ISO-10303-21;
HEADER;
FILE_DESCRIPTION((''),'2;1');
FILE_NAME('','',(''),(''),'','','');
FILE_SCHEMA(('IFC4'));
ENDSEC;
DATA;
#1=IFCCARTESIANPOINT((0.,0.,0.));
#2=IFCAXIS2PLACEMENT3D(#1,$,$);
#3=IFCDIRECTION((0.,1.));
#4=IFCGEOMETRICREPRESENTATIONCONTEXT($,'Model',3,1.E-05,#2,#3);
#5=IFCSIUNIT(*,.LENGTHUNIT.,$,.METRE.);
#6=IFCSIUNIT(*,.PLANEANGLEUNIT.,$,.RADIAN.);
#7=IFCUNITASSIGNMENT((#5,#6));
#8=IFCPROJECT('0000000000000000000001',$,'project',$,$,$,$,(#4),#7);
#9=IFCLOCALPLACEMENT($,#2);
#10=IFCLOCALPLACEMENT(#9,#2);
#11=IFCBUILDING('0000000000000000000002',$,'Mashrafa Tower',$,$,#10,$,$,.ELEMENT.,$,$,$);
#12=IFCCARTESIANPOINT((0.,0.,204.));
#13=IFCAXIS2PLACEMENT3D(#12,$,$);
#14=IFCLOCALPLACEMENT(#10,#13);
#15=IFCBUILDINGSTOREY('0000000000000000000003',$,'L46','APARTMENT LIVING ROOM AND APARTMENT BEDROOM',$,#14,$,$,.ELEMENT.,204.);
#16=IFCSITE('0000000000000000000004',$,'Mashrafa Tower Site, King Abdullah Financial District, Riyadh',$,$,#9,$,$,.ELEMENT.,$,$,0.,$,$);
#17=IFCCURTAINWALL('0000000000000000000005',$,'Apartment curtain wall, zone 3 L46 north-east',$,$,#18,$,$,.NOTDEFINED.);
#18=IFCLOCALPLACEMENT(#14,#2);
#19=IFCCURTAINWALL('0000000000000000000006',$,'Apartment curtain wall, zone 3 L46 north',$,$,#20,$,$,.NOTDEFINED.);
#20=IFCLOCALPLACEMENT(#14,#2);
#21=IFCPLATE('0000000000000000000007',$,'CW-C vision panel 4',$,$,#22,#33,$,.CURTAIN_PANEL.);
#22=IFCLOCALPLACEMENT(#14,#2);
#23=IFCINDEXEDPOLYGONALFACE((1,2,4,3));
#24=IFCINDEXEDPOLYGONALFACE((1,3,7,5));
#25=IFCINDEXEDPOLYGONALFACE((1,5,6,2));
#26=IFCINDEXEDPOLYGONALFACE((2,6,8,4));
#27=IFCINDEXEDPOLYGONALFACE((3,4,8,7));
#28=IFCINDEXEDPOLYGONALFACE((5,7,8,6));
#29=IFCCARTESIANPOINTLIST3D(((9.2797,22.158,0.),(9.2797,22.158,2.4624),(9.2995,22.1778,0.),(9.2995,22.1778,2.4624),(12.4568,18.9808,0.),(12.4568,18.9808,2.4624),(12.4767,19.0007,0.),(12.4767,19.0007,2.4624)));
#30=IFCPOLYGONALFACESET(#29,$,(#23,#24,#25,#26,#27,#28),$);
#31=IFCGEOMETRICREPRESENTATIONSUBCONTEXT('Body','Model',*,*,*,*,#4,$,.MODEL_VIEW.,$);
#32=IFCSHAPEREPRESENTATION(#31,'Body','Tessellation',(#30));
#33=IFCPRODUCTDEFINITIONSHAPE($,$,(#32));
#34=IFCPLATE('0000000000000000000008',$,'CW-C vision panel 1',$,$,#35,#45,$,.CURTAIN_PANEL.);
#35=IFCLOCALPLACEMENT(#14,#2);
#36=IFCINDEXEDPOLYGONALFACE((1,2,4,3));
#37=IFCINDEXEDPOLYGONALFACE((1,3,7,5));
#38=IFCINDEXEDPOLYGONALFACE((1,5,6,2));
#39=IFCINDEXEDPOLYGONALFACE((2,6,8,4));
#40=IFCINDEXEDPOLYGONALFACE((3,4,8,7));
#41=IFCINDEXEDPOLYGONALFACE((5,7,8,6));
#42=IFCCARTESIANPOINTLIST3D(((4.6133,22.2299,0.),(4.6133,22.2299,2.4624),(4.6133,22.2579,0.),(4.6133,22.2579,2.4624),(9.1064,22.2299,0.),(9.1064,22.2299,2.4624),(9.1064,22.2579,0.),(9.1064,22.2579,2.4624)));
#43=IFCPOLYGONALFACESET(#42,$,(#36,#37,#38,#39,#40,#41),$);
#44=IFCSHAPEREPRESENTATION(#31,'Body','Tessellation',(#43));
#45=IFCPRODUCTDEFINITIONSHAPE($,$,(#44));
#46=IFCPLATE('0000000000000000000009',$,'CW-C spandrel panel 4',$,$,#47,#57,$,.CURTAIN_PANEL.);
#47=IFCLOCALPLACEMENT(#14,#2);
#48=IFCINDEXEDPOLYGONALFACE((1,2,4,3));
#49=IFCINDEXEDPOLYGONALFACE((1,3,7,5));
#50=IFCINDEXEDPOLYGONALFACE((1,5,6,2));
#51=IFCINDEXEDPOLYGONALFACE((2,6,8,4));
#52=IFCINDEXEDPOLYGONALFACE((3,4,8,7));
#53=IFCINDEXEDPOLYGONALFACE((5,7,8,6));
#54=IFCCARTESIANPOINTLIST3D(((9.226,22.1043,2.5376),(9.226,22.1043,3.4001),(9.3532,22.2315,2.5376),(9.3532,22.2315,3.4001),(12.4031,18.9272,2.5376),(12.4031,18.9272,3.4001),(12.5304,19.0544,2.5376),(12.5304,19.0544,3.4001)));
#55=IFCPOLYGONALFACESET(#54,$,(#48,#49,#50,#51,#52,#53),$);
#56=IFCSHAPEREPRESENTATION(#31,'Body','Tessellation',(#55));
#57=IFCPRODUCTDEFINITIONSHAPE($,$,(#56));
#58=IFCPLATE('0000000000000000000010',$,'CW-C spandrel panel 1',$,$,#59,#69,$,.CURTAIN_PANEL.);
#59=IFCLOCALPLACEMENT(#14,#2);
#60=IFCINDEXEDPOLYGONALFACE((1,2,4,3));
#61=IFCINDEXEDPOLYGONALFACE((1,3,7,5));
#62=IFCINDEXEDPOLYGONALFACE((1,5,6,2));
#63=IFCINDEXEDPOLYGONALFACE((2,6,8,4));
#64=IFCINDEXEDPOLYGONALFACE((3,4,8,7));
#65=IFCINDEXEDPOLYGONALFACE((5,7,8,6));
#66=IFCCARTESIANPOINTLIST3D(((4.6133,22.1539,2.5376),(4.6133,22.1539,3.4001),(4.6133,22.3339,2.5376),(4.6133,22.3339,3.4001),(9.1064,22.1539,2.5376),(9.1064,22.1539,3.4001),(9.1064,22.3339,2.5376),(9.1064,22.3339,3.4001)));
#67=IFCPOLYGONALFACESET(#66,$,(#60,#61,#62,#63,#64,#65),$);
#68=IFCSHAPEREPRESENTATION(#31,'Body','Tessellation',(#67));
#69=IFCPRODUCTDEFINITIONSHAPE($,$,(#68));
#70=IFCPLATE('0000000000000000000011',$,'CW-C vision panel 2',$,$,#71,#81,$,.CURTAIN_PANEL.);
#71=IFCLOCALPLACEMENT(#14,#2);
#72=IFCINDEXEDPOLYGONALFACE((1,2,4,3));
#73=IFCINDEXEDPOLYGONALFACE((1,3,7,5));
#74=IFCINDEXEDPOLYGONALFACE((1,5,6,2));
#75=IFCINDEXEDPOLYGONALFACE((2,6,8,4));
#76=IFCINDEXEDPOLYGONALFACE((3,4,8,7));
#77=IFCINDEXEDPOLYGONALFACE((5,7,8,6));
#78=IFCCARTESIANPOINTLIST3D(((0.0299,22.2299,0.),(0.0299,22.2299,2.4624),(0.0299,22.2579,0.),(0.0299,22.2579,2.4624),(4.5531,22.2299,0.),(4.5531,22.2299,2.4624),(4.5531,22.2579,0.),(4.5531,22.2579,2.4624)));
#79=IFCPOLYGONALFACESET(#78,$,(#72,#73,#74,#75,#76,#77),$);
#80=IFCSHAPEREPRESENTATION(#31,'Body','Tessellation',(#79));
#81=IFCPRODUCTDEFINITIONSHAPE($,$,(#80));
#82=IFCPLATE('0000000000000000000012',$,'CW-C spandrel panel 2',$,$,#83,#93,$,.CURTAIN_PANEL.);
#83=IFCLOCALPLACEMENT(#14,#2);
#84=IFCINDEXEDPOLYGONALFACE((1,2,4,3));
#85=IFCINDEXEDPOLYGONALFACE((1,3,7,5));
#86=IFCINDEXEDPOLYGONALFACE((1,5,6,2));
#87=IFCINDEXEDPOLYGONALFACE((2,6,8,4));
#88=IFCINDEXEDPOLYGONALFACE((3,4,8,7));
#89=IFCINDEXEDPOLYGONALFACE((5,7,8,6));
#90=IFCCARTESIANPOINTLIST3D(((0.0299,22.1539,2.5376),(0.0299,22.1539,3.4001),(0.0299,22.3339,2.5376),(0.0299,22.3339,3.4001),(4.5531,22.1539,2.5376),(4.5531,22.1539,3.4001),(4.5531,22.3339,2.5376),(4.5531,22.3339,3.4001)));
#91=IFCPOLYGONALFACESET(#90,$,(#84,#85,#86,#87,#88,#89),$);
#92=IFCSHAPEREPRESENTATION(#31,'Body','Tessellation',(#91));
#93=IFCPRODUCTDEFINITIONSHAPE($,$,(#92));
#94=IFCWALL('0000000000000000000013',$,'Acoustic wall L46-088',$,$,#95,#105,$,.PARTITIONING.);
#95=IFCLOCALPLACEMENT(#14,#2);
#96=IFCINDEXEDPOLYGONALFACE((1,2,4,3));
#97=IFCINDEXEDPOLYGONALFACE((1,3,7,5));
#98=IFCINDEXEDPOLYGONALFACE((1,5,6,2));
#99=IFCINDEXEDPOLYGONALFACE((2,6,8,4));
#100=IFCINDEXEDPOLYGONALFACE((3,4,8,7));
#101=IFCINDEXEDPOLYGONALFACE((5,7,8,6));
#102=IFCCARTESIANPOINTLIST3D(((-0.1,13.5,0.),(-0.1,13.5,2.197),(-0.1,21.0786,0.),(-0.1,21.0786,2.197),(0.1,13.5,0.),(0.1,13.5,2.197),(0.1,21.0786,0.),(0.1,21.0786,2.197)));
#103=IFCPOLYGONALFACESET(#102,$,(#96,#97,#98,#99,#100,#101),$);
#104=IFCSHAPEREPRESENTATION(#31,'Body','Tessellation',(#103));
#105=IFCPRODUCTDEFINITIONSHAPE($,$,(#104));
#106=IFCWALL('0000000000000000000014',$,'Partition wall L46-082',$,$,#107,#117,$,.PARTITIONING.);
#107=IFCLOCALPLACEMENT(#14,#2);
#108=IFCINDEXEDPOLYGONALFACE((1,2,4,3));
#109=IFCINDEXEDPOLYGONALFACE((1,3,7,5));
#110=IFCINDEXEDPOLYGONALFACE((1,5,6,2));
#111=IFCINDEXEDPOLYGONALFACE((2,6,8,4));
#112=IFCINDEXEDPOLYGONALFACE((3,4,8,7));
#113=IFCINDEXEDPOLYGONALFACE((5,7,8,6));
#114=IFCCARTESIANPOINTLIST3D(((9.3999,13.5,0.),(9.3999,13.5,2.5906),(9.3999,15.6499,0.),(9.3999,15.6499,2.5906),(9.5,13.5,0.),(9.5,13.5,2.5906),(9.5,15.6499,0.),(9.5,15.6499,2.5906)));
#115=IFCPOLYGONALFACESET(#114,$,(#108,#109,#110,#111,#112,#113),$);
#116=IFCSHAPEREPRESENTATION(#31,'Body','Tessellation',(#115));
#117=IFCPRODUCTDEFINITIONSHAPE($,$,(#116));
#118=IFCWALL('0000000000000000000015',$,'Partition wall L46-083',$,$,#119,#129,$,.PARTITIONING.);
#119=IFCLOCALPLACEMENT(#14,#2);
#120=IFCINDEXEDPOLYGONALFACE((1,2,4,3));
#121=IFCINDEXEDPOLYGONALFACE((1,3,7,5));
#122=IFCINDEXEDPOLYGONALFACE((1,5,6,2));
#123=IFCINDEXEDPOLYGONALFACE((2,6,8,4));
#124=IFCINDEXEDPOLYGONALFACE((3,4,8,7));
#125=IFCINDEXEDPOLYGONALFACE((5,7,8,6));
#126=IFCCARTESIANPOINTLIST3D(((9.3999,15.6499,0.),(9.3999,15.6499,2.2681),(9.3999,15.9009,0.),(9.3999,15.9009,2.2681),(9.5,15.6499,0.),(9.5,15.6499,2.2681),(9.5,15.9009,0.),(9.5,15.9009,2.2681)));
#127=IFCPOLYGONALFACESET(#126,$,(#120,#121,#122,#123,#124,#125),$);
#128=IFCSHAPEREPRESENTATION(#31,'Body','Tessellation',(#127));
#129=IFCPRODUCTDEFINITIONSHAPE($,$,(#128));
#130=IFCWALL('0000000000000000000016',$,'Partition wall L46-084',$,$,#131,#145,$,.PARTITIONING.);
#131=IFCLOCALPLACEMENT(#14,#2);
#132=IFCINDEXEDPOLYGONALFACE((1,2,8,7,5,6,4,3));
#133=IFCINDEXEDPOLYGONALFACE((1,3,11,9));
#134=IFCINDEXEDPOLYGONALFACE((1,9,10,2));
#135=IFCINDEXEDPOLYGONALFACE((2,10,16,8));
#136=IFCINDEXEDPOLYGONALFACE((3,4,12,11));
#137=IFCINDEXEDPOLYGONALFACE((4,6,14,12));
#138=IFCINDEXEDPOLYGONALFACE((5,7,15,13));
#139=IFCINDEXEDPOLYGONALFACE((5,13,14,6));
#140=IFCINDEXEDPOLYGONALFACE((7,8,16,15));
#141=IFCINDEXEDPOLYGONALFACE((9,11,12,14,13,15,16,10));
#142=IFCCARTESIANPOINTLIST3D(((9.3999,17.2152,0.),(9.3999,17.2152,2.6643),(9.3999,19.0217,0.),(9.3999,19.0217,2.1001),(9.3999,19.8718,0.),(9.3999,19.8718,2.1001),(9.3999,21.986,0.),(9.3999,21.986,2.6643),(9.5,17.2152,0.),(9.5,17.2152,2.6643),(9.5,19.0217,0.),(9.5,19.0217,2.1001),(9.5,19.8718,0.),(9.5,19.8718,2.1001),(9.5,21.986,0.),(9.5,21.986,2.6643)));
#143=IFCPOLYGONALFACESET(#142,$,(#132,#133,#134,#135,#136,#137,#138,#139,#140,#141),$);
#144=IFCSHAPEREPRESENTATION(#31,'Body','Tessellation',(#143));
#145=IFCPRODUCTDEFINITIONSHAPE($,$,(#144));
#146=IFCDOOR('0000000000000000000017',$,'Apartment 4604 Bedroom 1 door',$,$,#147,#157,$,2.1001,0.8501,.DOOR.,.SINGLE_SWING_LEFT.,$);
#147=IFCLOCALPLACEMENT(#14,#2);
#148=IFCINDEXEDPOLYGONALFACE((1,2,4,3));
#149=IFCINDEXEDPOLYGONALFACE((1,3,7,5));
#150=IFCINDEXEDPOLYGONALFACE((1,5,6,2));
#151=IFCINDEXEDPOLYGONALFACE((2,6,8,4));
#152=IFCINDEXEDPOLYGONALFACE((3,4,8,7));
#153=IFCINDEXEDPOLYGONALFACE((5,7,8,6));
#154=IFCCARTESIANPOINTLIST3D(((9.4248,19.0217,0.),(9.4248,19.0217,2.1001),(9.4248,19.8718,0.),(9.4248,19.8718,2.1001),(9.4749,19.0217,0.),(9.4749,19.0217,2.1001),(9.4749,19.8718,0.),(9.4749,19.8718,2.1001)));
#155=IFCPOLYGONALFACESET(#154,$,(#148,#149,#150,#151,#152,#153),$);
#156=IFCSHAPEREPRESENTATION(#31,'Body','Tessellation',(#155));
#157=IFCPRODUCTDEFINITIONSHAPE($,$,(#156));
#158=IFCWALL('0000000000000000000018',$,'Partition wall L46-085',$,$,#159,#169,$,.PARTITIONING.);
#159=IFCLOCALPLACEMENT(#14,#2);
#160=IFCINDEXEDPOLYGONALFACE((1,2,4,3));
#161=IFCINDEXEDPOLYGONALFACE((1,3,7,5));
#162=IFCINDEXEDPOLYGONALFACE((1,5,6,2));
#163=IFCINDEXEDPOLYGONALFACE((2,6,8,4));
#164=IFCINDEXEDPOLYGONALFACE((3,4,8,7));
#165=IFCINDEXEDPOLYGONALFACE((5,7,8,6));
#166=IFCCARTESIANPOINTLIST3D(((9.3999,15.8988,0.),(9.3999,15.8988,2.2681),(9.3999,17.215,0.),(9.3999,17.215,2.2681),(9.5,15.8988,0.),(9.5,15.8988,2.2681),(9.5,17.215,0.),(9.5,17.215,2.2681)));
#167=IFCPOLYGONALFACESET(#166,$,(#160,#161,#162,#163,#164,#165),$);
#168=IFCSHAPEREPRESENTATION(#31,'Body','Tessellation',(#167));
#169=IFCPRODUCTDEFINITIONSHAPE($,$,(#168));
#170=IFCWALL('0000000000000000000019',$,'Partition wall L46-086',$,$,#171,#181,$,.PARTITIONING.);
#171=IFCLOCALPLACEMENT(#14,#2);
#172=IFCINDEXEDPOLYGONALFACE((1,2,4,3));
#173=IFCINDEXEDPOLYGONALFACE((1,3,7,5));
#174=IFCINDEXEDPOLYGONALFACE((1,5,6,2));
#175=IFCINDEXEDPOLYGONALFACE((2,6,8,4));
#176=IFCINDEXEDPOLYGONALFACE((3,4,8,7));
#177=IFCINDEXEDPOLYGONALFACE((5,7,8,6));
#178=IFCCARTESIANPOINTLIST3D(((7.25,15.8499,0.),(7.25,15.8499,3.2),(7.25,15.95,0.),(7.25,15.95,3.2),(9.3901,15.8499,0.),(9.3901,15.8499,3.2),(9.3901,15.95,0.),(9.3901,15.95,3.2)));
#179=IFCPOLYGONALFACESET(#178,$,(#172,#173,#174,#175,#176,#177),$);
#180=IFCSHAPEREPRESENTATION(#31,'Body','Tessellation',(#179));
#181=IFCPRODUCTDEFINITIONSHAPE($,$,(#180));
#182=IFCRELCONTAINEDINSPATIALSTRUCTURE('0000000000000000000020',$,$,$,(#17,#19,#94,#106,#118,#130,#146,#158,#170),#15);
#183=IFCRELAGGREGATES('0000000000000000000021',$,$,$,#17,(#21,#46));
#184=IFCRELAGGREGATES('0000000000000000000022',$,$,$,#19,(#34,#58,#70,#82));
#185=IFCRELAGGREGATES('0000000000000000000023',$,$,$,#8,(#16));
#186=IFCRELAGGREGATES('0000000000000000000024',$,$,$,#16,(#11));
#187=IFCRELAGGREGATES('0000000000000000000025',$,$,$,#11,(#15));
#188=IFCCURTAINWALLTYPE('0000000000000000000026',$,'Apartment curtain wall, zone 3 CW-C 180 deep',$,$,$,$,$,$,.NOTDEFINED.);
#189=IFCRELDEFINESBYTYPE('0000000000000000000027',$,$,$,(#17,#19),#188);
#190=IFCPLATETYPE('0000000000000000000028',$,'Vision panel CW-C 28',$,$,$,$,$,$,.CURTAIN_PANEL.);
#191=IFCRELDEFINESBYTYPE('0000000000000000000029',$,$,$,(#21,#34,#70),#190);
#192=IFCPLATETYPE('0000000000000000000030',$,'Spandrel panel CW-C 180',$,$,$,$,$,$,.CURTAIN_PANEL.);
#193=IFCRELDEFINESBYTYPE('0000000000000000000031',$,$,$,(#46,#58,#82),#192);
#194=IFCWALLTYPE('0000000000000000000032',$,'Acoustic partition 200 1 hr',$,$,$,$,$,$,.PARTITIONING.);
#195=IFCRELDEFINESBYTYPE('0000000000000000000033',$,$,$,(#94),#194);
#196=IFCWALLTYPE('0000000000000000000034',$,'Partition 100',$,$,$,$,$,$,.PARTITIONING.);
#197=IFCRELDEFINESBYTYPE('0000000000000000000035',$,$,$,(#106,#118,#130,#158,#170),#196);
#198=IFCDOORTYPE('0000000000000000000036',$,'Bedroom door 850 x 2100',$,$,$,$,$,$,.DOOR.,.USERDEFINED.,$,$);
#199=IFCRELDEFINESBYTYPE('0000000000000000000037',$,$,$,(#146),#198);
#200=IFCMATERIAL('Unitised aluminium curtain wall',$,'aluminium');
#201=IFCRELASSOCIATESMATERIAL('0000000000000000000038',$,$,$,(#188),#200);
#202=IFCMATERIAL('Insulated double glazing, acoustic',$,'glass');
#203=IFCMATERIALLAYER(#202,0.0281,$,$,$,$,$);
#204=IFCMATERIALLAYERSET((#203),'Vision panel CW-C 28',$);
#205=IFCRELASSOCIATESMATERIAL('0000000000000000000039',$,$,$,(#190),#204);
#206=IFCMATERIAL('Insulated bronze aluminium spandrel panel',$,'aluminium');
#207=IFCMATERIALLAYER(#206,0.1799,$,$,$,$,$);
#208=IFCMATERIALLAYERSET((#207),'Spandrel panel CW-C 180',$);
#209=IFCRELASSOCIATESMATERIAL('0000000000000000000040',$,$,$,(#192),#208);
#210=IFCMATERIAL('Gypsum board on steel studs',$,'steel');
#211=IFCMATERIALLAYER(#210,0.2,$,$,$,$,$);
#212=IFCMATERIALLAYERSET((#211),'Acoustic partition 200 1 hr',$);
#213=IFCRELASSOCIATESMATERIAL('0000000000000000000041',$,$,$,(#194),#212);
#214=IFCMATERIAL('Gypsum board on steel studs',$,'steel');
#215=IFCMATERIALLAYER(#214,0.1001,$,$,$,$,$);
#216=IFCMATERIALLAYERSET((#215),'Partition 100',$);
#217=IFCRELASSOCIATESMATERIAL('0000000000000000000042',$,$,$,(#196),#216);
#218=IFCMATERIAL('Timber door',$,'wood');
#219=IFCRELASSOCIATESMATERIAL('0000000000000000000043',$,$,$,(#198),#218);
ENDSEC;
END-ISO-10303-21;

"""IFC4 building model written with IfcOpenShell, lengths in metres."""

from ifc_helpers import new_model, si_unit, direction, frame, frame_2d, origin, origin_2d, place, context, subcontext, project, spatial, rectangle, extrude, source, transform, mapped, material, layer, layer_set, type_object, type_shapes, element, fill, aggregate, save


model = new_model("IFC4")

# Units and contexts
model_context = context("Model", 3, precision=1e-05, world=origin(), true_north=direction((0.0, 1.0)))
body_context = subcontext(model_context, "Body", "Model", "MODEL_VIEW")
ifc_project = project(units=[si_unit("LENGTHUNIT", "METRE"), si_unit("PLANEANGLEUNIT", "RADIAN")], contexts=[model_context])

# Site, building, storey
site_placement = place(None, origin())
site = spatial("IfcSite", under=ifc_project, at=site_placement, Name="Mashrafa Tower Site, King Abdullah Financial District, Riyadh", CompositionType="ELEMENT", RefElevation=0.0)
building_placement = place(site_placement, origin())
building = spatial("IfcBuilding", under=site, at=building_placement, Name="Mashrafa Tower", CompositionType="ELEMENT")
storey_placement = place(building_placement, frame((0.0, 0.0, 204.0)))
storey = spatial("IfcBuildingStorey", under=building, at=storey_placement, Name="L46", Description="APARTMENT LIVING ROOM AND APARTMENT BEDROOM", CompositionType="ELEMENT", Elevation=204.0)

# Curtain wall
ifc_material_1 = material(Name="Unitised aluminium curtain wall", Category="aluminium")
curtain_wall_type = type_object("IfcCurtainWallType", Name="Apartment curtain wall, zone 3 CW-C 180 deep", PredefinedType="NOTDEFINED", material=ifc_material_1)
curtain_wall_1_placement = place(storey_placement, origin())
curtain_wall_1 = element("IfcCurtainWall", 1, at=curtain_wall_1_placement, inside=storey, type_object=curtain_wall_type, Name="Apartment curtain wall, zone 3 L46 north-east", PredefinedType="NOTDEFINED")

# Curtain wall
curtain_wall_2_placement = place(storey_placement, origin())
curtain_wall_2 = element("IfcCurtainWall", 2, at=curtain_wall_2_placement, inside=storey, type_object=curtain_wall_type, Name="Apartment curtain wall, zone 3 L46 north", PredefinedType="NOTDEFINED")

# Plates
ifc_material_2 = material(Name="Insulated double glazing, acoustic", Category="glass")
ifc_layer_1 = layer(ifc_material_2, 0.0281)
ifc_layer_set_1 = layer_set([ifc_layer_1], Name="Vision panel CW-C 28")
plate_type_1 = type_object("IfcPlateType", Name="Vision panel CW-C 28", PredefinedType="CURTAIN_PANEL", material=ifc_layer_set_1)
shared_shape_1 = source(origin(), body_context, "Body", "SweptSolid", [
    extrude(rectangle(XDim=4.4932, YDim=0.0281, at=origin_2d()), origin(), (0.0, 0.0, 1.0), 2.4624),
])
plate_1_placement = place(storey_placement, frame((10.8782, 20.5793, 0.0), z_axis=(0.0, 0.0, 1.0), x_axis=(-0.707107, 0.707107, 0.0)))
plate_1 = element("IfcPlate", 3, at=plate_1_placement, type_object=plate_type_1, Name="CW-C vision panel 4", PredefinedType="CURTAIN_PANEL", context=body_context, shape_type="MappedRepresentation", body=[
    mapped(shared_shape_1, transform((0.0, 0.0, 0.0))),
])
plate_2_placement = place(storey_placement, frame((6.8599, 22.2439, 0.0), z_axis=(0.0, 0.0, 1.0), x_axis=(-1.0, 0.0, 0.0)))
plate_2 = element("IfcPlate", 4, at=plate_2_placement, type_object=plate_type_1, Name="CW-C vision panel 1", PredefinedType="CURTAIN_PANEL", context=body_context, shape_type="MappedRepresentation", body=[
    mapped(shared_shape_1, transform((0.0, 0.0, 0.0))),
])
ifc_material_3 = material(Name="Insulated bronze aluminium spandrel panel", Category="aluminium")
ifc_layer_2 = layer(ifc_material_3, 0.1799)
ifc_layer_set_2 = layer_set([ifc_layer_2], Name="Spandrel panel CW-C 180")
plate_type_2 = type_object("IfcPlateType", Name="Spandrel panel CW-C 180", PredefinedType="CURTAIN_PANEL", material=ifc_layer_set_2)
shared_shape_2 = source(origin(), body_context, "Body", "SweptSolid", [
    extrude(rectangle(XDim=4.4932, YDim=0.1799, at=origin_2d()), origin(), (0.0, 0.0, 1.0), 0.8625),
])
plate_3_placement = place(storey_placement, frame((10.8782, 20.5793, 2.5376), z_axis=(0.0, 0.0, 1.0), x_axis=(-0.707107, 0.707107, 0.0)))
plate_3 = element("IfcPlate", 5, at=plate_3_placement, type_object=plate_type_2, Name="CW-C spandrel panel 4", PredefinedType="CURTAIN_PANEL", context=body_context, shape_type="MappedRepresentation", body=[
    mapped(shared_shape_2, transform((0.0, 0.0, 0.0))),
])
aggregate(curtain_wall_1, [plate_1, plate_3])
plate_4_placement = place(storey_placement, frame((6.8599, 22.2439, 2.5376), z_axis=(0.0, 0.0, 1.0), x_axis=(-1.0, 0.0, 0.0)))
plate_4 = element("IfcPlate", 6, at=plate_4_placement, type_object=plate_type_2, Name="CW-C spandrel panel 1", PredefinedType="CURTAIN_PANEL", context=body_context, shape_type="MappedRepresentation", body=[
    mapped(shared_shape_2, transform((0.0, 0.0, 0.0))),
])
shared_shape_3 = source(origin(), body_context, "Body", "SweptSolid", [
    extrude(rectangle(XDim=4.5232, YDim=0.0281, at=origin_2d()), origin(), (0.0, 0.0, 1.0), 2.4624),
])
type_shapes(plate_type_1, [shared_shape_1, shared_shape_3])
plate_5_placement = place(storey_placement, frame((2.2915, 22.2439, 0.0), z_axis=(0.0, 0.0, 1.0), x_axis=(-1.0, 0.0, 0.0)))
plate_5 = element("IfcPlate", 7, at=plate_5_placement, type_object=plate_type_1, Name="CW-C vision panel 2", PredefinedType="CURTAIN_PANEL", context=body_context, shape_type="MappedRepresentation", body=[
    mapped(shared_shape_3, transform((0.0, 0.0, 0.0))),
])
shared_shape_4 = source(origin(), body_context, "Body", "SweptSolid", [
    extrude(rectangle(XDim=4.5232, YDim=0.1799, at=origin_2d()), origin(), (0.0, 0.0, 1.0), 0.8625),
])
type_shapes(plate_type_2, [shared_shape_2, shared_shape_4])
plate_6_placement = place(storey_placement, frame((2.2915, 22.2439, 2.5376), z_axis=(0.0, 0.0, 1.0), x_axis=(-1.0, 0.0, 0.0)))
plate_6 = element("IfcPlate", 8, at=plate_6_placement, type_object=plate_type_2, Name="CW-C spandrel panel 2", PredefinedType="CURTAIN_PANEL", context=body_context, shape_type="MappedRepresentation", body=[
    mapped(shared_shape_4, transform((0.0, 0.0, 0.0))),
])
aggregate(curtain_wall_2, [plate_2, plate_4, plate_5, plate_6])

# Walls
ifc_material_4 = material(Name="Gypsum board on steel studs", Category="steel")
ifc_layer_3 = layer(ifc_material_4, 0.2)
ifc_layer_set_3 = layer_set([ifc_layer_3], Name="Acoustic partition 200 1 hr")
wall_type_1 = type_object("IfcWallType", Name="Acoustic partition 200 1 hr", PredefinedType="PARTITIONING", material=ifc_layer_set_3)
wall_1_placement = place(storey_placement, frame((0.0, 21.0786, 0.0), z_axis=(0.0, 0.0, 1.0), x_axis=(0.0, -1.0, 0.0)))
element("IfcWall", 9, at=wall_1_placement, inside=storey, type_object=wall_type_1, Name="Acoustic wall L46-088", PredefinedType="PARTITIONING", context=body_context, shape_type="SweptSolid", body=[
    extrude(rectangle(XDim=7.5786, YDim=0.2, at=frame_2d((3.7893, 0.0))), origin(), (0.0, 0.0, 1.0), 2.197),
])
ifc_material_5 = material(Name="Gypsum board on steel studs", Category="steel")
ifc_layer_4 = layer(ifc_material_5, 0.1001)
ifc_layer_set_4 = layer_set([ifc_layer_4], Name="Partition 100")
wall_type_2 = type_object("IfcWallType", Name="Partition 100", PredefinedType="PARTITIONING", material=ifc_layer_set_4)
wall_2_placement = place(storey_placement, frame((9.45, 15.6499, 0.0), z_axis=(0.0, 0.0, 1.0), x_axis=(0.0, -1.0, 0.0)))
element("IfcWall", 10, at=wall_2_placement, inside=storey, type_object=wall_type_2, Name="Partition wall L46-082", PredefinedType="PARTITIONING", context=body_context, shape_type="SweptSolid", body=[
    extrude(rectangle(XDim=2.1499, YDim=0.1001, at=frame_2d((1.075, 0.0))), origin(), (0.0, 0.0, 1.0), 2.5906),
])
wall_3_placement = place(storey_placement, frame((9.45, 15.9009, 0.0), z_axis=(0.0, 0.0, 1.0), x_axis=(0.0, -1.0, 0.0)))
element("IfcWall", 11, at=wall_3_placement, inside=storey, type_object=wall_type_2, Name="Partition wall L46-083", PredefinedType="PARTITIONING", context=body_context, shape_type="SweptSolid", body=[
    extrude(rectangle(XDim=0.251, YDim=0.1001, at=frame_2d((0.1255, 0.0))), origin(), (0.0, 0.0, 1.0), 2.2681),
])

# Wall, opening, door
wall_4_placement = place(storey_placement, frame((9.45, 21.9858, 0.0), z_axis=(0.0, 0.0, 1.0), x_axis=(0.0, -1.0, 0.0)))
wall_4 = element("IfcWall", 12, at=wall_4_placement, inside=storey, type_object=wall_type_2, Name="Partition wall L46-084", PredefinedType="PARTITIONING", context=body_context, shape_type="SweptSolid", body=[
    extrude(rectangle(XDim=4.7708, YDim=0.1001, at=frame_2d((2.3853, 0.0))), origin(), (0.0, 0.0, 1.0), 2.6643),
])
opening_1_placement = place(wall_4_placement, frame((2.114, 0.0, 0.0)))
opening_1 = element("IfcOpeningElement", 13, at=opening_1_placement, cuts=wall_4, PredefinedType="OPENING", context=body_context, shape_type="SweptSolid", body=[
    extrude(rectangle(XDim=0.8501, YDim=2.1001, at=frame_2d((0.425, 1.05))), frame((0.0, 0.0601, 0.0), z_axis=(0.0, -1.0, 0.0), x_axis=(1.0, 0.0, 0.0)), (0.0, 0.0, 1.0), 0.1201),
])
ifc_material_6 = material(Name="Timber door", Category="wood")
door_type_1 = type_object("IfcDoorType", Name="Bedroom door 850 x 2100", OperationType="USERDEFINED", PredefinedType="DOOR", material=ifc_material_6)
door_1_placement = place(opening_1_placement, origin())
door_1 = element("IfcDoor", 14, at=door_1_placement, inside=storey, type_object=door_type_1, Name="Apartment 4604 Bedroom 1 door", OperationType="SINGLE_SWING_LEFT", OverallHeight=2.1001, OverallWidth=0.8501, PredefinedType="DOOR", context=body_context, shape_type="SweptSolid", body=[
    extrude(rectangle(XDim=0.8501, YDim=2.1001, at=frame_2d((0.425, 1.05))), frame((0.0, 0.0249, 0.0), z_axis=(0.0, -1.0, 0.0), x_axis=(1.0, 0.0, 0.0)), (0.0, 0.0, 1.0), 0.05),
])
fill(opening_1, door_1)

# Walls
wall_5_placement = place(storey_placement, frame((9.45, 17.2151, 0.0), z_axis=(0.0, 0.0, 1.0), x_axis=(0.0, -1.0, 0.0)))
element("IfcWall", 15, at=wall_5_placement, inside=storey, type_object=wall_type_2, Name="Partition wall L46-085", PredefinedType="PARTITIONING", context=body_context, shape_type="SweptSolid", body=[
    extrude(rectangle(XDim=1.3162, YDim=0.1001, at=frame_2d((0.6582, 0.0))), origin(), (0.0, 0.0, 1.0), 2.2681),
])
wall_6_placement = place(storey_placement, frame((9.3901, 15.8999, 0.0), z_axis=(0.0, 0.0, 1.0), x_axis=(-1.0, 0.0, 0.0)))
element("IfcWall", 16, at=wall_6_placement, inside=storey, type_object=wall_type_2, Name="Partition wall L46-086", PredefinedType="PARTITIONING", context=body_context, shape_type="SweptSolid", body=[
    extrude(rectangle(XDim=2.1401, YDim=0.1001, at=frame_2d((1.0701, 0.0))), origin(), (0.0, 0.0, 1.0), 3.2),
])

save(model, "model.ifc")
